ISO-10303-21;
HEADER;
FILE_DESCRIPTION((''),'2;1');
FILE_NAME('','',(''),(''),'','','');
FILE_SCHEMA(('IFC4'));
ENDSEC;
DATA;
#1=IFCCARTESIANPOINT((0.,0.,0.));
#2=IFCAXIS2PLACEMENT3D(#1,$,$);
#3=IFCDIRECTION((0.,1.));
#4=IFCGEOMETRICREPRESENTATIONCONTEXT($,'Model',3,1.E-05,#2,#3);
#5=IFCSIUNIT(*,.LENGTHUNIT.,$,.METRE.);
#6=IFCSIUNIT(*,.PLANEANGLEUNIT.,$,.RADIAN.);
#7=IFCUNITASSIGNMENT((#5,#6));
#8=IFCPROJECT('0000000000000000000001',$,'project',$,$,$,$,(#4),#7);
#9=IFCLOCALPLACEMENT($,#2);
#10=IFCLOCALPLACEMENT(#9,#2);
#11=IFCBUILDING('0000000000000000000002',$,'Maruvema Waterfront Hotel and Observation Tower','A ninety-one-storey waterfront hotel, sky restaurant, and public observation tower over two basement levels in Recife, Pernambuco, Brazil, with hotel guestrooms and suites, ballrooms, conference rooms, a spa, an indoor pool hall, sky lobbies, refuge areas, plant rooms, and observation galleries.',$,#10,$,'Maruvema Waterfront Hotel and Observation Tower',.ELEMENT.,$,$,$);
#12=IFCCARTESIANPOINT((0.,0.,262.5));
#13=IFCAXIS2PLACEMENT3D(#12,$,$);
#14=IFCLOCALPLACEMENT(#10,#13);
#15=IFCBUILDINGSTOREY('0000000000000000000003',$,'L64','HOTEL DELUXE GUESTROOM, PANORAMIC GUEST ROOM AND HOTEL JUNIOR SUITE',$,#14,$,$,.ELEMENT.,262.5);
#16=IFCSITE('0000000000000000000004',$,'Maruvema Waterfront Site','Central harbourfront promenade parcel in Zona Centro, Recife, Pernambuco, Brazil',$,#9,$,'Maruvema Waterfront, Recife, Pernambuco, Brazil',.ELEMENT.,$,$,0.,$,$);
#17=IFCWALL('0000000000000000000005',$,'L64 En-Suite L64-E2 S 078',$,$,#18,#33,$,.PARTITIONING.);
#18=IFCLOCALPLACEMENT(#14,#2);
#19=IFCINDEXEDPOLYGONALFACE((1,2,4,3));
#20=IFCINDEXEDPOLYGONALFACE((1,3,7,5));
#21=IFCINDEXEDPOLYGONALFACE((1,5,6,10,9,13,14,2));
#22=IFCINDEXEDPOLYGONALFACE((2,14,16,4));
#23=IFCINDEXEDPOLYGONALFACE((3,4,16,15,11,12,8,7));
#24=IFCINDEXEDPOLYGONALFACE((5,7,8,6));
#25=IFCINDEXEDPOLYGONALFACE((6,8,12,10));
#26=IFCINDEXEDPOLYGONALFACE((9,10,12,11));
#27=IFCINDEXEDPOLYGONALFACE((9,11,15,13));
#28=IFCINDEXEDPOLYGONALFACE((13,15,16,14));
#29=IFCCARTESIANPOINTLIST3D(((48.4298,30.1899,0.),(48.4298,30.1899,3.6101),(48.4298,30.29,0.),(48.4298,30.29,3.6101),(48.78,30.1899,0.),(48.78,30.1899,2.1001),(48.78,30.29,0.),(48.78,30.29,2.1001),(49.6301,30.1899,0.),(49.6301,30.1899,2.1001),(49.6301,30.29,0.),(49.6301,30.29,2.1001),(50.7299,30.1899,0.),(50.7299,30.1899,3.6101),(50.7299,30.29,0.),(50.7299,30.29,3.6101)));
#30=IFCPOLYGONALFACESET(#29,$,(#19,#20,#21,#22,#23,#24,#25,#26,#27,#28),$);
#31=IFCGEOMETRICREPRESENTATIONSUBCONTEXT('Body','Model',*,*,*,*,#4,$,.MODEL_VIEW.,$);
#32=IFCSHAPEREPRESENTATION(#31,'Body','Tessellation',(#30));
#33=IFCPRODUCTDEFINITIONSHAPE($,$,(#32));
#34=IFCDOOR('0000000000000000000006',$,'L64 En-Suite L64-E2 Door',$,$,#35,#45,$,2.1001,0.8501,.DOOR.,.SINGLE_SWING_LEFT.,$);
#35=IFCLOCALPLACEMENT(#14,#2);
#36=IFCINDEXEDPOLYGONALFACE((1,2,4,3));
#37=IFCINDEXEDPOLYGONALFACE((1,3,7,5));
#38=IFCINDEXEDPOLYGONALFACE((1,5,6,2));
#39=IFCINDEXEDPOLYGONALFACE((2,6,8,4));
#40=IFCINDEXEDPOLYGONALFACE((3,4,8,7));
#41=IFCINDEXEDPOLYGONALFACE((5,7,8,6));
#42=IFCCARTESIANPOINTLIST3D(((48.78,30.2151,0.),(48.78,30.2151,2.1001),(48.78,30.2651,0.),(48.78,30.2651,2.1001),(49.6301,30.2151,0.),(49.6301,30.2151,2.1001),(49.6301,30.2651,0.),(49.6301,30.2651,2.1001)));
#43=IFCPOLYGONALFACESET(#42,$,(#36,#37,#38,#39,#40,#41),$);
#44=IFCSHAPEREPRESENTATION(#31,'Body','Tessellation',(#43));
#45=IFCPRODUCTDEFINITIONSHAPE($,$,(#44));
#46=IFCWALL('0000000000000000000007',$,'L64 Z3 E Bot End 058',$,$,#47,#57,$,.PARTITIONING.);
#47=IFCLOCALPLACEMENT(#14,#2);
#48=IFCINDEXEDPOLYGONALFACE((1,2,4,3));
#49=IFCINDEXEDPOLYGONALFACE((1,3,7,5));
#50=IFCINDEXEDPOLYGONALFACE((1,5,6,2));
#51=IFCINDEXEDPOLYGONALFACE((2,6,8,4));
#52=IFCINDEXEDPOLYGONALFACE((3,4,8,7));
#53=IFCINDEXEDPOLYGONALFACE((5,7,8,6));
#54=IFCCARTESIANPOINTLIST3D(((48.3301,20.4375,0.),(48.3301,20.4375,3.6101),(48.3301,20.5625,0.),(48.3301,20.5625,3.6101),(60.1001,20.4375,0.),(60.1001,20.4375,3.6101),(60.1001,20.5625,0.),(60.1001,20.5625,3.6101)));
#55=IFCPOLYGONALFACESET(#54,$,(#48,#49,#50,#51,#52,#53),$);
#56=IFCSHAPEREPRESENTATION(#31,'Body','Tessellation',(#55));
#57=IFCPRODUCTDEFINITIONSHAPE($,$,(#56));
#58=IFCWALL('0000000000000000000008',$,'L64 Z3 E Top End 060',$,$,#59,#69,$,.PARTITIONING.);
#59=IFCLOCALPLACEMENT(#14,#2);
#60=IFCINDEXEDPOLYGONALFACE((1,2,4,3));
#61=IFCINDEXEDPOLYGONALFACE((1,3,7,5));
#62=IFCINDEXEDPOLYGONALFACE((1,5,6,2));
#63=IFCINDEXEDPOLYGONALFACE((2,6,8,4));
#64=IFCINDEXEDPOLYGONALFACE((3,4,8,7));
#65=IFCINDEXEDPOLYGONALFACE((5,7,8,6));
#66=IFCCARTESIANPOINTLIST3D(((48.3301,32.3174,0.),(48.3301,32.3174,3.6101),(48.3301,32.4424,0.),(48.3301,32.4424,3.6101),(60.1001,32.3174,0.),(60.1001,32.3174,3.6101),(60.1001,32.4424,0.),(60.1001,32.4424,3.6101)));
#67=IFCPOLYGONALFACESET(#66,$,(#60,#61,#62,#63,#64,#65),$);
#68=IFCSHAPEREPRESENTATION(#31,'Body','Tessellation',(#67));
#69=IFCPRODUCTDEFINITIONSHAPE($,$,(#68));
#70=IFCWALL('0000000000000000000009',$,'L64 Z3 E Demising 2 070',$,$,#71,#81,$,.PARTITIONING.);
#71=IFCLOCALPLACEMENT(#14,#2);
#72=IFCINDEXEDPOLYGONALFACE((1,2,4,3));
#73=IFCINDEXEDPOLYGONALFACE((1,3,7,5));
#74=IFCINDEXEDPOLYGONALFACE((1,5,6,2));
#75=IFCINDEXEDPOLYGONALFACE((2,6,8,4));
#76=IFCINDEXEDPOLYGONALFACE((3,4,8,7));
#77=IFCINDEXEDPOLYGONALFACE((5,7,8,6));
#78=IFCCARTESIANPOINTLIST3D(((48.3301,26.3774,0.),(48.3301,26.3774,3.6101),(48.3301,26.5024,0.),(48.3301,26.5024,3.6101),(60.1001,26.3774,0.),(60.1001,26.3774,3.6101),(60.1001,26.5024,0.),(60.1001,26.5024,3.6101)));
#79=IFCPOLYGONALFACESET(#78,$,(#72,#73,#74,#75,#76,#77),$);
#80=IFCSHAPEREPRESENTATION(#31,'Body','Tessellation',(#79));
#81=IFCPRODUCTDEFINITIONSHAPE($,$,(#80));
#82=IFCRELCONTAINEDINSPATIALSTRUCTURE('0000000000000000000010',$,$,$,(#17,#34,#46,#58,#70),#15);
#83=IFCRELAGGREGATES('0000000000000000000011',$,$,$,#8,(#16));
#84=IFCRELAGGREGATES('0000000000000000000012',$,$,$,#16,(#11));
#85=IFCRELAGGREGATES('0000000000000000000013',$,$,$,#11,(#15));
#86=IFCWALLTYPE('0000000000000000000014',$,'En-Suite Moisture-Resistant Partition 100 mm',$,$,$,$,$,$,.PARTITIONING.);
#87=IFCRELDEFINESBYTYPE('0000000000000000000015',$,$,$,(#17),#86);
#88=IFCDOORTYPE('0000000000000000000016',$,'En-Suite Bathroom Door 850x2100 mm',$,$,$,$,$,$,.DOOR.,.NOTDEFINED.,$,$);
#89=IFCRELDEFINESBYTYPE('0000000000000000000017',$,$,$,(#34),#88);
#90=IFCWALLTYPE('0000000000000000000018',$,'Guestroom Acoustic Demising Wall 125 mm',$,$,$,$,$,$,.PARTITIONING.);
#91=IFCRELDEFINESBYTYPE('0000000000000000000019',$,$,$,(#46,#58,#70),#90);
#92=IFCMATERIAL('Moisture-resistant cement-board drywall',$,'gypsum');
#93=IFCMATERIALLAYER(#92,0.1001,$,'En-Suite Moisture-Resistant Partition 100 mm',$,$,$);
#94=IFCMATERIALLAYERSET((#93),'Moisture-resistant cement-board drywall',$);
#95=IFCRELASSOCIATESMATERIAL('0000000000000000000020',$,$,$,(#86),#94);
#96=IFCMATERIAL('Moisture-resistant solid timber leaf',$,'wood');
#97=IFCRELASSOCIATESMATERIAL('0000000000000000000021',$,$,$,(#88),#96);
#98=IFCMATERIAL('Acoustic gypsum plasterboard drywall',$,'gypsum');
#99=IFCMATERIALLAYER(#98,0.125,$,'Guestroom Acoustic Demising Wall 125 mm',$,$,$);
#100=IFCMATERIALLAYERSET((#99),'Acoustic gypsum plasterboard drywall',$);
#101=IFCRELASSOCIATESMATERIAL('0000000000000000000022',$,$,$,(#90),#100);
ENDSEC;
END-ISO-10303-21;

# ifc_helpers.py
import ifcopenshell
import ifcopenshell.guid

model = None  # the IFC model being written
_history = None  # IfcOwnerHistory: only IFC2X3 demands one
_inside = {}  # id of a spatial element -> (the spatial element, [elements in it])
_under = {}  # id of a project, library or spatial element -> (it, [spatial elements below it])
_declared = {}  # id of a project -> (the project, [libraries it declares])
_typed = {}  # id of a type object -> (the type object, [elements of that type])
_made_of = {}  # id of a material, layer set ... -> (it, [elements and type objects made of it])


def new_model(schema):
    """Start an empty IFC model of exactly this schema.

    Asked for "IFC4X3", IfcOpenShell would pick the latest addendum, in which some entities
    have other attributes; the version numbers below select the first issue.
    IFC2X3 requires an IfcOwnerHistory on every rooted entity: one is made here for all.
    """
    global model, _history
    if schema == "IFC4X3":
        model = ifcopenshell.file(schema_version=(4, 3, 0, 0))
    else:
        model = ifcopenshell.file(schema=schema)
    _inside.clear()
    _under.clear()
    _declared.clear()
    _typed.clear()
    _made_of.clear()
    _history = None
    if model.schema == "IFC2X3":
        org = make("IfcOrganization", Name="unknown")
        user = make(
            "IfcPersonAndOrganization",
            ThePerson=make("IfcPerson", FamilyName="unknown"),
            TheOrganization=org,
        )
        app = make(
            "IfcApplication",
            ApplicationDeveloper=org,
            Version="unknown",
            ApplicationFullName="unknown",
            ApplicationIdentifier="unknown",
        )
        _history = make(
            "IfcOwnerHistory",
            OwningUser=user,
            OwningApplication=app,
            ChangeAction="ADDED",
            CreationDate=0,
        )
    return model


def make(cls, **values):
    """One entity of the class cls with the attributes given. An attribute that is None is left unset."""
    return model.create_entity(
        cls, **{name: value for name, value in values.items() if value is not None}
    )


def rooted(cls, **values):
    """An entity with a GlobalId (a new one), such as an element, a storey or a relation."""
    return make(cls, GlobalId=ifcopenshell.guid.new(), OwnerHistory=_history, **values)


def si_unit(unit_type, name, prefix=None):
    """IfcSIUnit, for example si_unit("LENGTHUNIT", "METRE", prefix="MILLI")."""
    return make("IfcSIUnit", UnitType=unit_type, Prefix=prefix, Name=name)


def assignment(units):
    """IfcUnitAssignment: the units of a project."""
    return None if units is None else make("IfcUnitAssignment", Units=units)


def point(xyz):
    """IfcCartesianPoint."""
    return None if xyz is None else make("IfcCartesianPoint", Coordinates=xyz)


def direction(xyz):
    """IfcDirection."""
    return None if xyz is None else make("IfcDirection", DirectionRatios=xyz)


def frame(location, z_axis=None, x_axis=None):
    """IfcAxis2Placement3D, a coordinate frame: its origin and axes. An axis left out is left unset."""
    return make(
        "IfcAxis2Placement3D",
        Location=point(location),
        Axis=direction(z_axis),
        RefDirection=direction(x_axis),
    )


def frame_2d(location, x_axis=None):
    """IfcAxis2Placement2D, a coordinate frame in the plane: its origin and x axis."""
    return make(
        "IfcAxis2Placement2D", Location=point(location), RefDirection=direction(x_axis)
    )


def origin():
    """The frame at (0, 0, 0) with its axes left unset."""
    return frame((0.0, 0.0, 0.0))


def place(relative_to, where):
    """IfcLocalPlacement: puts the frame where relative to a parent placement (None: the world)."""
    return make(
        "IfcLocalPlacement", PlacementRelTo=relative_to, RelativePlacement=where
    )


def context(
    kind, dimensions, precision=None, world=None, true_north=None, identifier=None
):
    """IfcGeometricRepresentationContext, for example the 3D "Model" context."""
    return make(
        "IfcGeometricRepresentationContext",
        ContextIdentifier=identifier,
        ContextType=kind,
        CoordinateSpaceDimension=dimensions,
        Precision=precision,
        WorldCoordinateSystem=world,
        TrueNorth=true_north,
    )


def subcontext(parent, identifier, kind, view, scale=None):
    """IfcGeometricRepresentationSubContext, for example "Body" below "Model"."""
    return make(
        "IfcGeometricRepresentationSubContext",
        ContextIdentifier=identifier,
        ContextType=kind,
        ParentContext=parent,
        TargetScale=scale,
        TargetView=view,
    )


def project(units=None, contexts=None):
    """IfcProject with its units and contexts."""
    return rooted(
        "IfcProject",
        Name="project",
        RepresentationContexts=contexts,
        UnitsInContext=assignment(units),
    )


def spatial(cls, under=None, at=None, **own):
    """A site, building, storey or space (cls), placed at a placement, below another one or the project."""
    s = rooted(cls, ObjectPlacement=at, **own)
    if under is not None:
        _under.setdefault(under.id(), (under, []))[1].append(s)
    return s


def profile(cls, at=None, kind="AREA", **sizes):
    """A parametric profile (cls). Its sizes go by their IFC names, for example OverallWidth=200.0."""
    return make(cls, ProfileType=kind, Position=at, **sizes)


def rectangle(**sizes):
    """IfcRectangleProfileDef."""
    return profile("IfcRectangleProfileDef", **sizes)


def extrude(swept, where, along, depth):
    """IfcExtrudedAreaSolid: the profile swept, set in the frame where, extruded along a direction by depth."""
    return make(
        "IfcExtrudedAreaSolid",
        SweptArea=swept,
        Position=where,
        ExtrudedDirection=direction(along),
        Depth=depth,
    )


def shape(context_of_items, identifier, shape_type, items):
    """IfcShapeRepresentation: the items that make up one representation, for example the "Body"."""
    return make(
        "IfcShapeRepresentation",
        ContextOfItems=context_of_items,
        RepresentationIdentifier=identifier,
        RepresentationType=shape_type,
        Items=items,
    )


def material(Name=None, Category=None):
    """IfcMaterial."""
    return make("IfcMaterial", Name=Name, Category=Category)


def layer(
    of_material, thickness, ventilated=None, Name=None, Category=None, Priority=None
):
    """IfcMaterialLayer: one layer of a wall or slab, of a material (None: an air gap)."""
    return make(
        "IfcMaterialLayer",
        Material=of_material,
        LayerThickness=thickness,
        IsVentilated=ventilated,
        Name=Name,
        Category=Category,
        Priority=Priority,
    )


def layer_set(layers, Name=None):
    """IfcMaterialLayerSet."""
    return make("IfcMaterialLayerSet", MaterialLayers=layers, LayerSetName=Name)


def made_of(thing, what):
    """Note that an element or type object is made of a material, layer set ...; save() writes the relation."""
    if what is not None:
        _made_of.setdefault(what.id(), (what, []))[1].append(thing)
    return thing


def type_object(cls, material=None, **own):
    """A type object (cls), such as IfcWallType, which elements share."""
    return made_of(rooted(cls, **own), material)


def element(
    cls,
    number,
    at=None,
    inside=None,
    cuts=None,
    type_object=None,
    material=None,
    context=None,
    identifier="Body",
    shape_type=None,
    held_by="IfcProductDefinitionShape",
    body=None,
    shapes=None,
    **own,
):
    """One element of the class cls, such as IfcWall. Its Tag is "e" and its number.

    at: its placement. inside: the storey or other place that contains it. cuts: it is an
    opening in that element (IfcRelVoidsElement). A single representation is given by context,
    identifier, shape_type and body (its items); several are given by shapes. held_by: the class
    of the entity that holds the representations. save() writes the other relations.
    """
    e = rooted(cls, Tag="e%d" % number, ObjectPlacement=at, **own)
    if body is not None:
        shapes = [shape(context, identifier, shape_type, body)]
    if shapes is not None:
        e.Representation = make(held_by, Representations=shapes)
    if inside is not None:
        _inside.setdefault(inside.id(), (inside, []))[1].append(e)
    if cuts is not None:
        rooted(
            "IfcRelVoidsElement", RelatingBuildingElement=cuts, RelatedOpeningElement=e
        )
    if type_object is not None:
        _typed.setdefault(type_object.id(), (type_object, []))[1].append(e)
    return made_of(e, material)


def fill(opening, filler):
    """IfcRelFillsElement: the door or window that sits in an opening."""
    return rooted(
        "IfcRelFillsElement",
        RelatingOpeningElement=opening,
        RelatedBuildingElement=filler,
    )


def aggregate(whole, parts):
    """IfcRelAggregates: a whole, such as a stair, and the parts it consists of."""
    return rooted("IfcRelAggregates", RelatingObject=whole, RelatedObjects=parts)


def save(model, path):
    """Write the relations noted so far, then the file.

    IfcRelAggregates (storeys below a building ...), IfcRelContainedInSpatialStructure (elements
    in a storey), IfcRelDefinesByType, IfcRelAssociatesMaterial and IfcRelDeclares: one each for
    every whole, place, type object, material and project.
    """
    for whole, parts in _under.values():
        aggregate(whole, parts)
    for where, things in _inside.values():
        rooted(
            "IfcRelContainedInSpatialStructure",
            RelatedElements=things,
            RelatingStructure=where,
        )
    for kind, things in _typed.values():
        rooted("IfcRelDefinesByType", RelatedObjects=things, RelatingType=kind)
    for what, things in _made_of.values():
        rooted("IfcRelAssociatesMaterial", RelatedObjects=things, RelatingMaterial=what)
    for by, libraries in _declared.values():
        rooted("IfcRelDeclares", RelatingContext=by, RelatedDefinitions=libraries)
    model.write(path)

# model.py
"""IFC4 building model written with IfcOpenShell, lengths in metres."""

from ifc_helpers import new_model, si_unit, direction, frame, frame_2d, origin, place, context, subcontext, project, spatial, rectangle, extrude, material, layer, layer_set, type_object, element, fill, save


model = new_model("IFC4")

# Units and contexts
model_context = context("Model", 3, precision=1e-05, world=origin(), true_north=direction((0.0, 1.0)))
body_context = subcontext(model_context, "Body", "Model", "MODEL_VIEW")
ifc_project = project(units=[si_unit("LENGTHUNIT", "METRE"), si_unit("PLANEANGLEUNIT", "RADIAN")], contexts=[model_context])

# Site, building, storey
site_placement = place(None, origin())
site = spatial("IfcSite", under=ifc_project, at=site_placement, Name="Maruvema Waterfront Site", Description="Central harbourfront promenade parcel in Zona Centro, Recife, Pernambuco, Brazil", LongName="Maruvema Waterfront, Recife, Pernambuco, Brazil", CompositionType="ELEMENT", RefElevation=0.0)
building_placement = place(site_placement, origin())
building = spatial("IfcBuilding", under=site, at=building_placement, Name="Maruvema Waterfront Hotel and Observation Tower", Description="A ninety-one-storey waterfront hotel, sky restaurant, and public observation tower over two basement levels in Recife, Pernambuco, Brazil, with hotel guestrooms and suites, ballrooms, conference rooms, a spa, an indoor pool hall, sky lobbies, refuge areas, plant rooms, and observation galleries.", LongName="Maruvema Waterfront Hotel and Observation Tower", CompositionType="ELEMENT")
storey_placement = place(building_placement, frame((0.0, 0.0, 262.5)))
storey = spatial("IfcBuildingStorey", under=building, at=storey_placement, Name="L64", Description="HOTEL DELUXE GUESTROOM, PANORAMIC GUEST ROOM AND HOTEL JUNIOR SUITE", CompositionType="ELEMENT", Elevation=262.5)

# Shared definitions
ifc_material_1 = material(Name="Moisture-resistant cement-board drywall", Category="gypsum")
ifc_layer_1 = layer(ifc_material_1, 0.1001, Name="En-Suite Moisture-Resistant Partition 100 mm")
ifc_layer_set_1 = layer_set([ifc_layer_1], Name="Moisture-resistant cement-board drywall")
wall_type_1 = type_object("IfcWallType", Name="En-Suite Moisture-Resistant Partition 100 mm", PredefinedType="PARTITIONING", material=ifc_layer_set_1)

# Wall, opening, door
ifc_material_2 = material(Name="Moisture-resistant solid timber leaf", Category="wood")
door_type_1 = type_object("IfcDoorType", Name="En-Suite Bathroom Door 850x2100 mm", OperationType="NOTDEFINED", PredefinedType="DOOR", material=ifc_material_2)
wall_1_placement = place(storey_placement, frame((48.4299, 30.24, 0.0), z_axis=(0.0, 0.0, 1.0), x_axis=(1.0, 0.0, 0.0)))
wall_1 = element("IfcWall", 1, at=wall_1_placement, inside=storey, type_object=wall_type_1, Name="L64 En-Suite L64-E2 S 078", PredefinedType="PARTITIONING", context=body_context, shape_type="SweptSolid", body=[
    extrude(rectangle(XDim=2.3, YDim=0.1001, at=frame_2d((1.1499, 0.0))), origin(), (0.0, 0.0, 1.0), 3.6101),
])
opening_1_placement = place(wall_1_placement, frame((0.3501, 0.0, 0.0)))
opening_1 = element("IfcOpeningElement", 2, at=opening_1_placement, cuts=wall_1, PredefinedType="OPENING", context=body_context, shape_type="SweptSolid", body=[
    extrude(rectangle(XDim=0.8501, YDim=2.1001, at=frame_2d((0.425, 1.05))), frame((0.0, 0.0601, 0.0), z_axis=(0.0, -1.0, 0.0), x_axis=(1.0, 0.0, 0.0)), (0.0, 0.0, 1.0), 0.1201),
])
door_1_placement = place(opening_1_placement, frame((0.8501, 0.0, 0.0), z_axis=(0.0, 0.0, 1.0), x_axis=(-1.0, 0.0, 0.0)))
door_1 = element("IfcDoor", 3, at=door_1_placement, inside=storey, type_object=door_type_1, Name="L64 En-Suite L64-E2 Door", OperationType="SINGLE_SWING_LEFT", OverallHeight=2.1001, OverallWidth=0.8501, PredefinedType="DOOR", context=body_context, shape_type="SweptSolid", body=[
    extrude(rectangle(XDim=0.8501, YDim=2.1001, at=frame_2d((0.425, 1.05))), frame((0.0, 0.0249, 0.0), z_axis=(0.0, -1.0, 0.0), x_axis=(1.0, 0.0, 0.0)), (0.0, 0.0, 1.0), 0.05),
])
fill(opening_1, door_1)

# Walls
ifc_material_3 = material(Name="Acoustic gypsum plasterboard drywall", Category="gypsum")
ifc_layer_2 = layer(ifc_material_3, 0.125, Name="Guestroom Acoustic Demising Wall 125 mm")
ifc_layer_set_2 = layer_set([ifc_layer_2], Name="Acoustic gypsum plasterboard drywall")
wall_type_2 = type_object("IfcWallType", Name="Guestroom Acoustic Demising Wall 125 mm", PredefinedType="PARTITIONING", material=ifc_layer_set_2)
for number, where, z_axis, x_axis, name in (
    (4, (48.3301, 20.5, 0.0), (0.0, 0.0, 1.0), (1.0, 0.0, 0.0), "L64 Z3 E Bot End 058"),
    (5, (48.3301, 32.3799, 0.0), (0.0, 0.0, 1.0), (1.0, 0.0, 0.0), "L64 Z3 E Top End 060"),
    (6, (48.3301, 26.4399, 0.0), (0.0, 0.0, 1.0), (1.0, 0.0, 0.0), "L64 Z3 E Demising 2 070"),
):
    element("IfcWall", number, at=place(storey_placement, frame(where, z_axis=z_axis, x_axis=x_axis)), inside=storey, type_object=wall_type_2, Name=name, PredefinedType="PARTITIONING", context=body_context, shape_type="SweptSolid", body=[
        extrude(rectangle(XDim=11.77, YDim=0.125, at=frame_2d((5.885, 0.0))), origin(), (0.0, 0.0, 1.0), 3.6101),
    ])

save(model, "model.ifc")
